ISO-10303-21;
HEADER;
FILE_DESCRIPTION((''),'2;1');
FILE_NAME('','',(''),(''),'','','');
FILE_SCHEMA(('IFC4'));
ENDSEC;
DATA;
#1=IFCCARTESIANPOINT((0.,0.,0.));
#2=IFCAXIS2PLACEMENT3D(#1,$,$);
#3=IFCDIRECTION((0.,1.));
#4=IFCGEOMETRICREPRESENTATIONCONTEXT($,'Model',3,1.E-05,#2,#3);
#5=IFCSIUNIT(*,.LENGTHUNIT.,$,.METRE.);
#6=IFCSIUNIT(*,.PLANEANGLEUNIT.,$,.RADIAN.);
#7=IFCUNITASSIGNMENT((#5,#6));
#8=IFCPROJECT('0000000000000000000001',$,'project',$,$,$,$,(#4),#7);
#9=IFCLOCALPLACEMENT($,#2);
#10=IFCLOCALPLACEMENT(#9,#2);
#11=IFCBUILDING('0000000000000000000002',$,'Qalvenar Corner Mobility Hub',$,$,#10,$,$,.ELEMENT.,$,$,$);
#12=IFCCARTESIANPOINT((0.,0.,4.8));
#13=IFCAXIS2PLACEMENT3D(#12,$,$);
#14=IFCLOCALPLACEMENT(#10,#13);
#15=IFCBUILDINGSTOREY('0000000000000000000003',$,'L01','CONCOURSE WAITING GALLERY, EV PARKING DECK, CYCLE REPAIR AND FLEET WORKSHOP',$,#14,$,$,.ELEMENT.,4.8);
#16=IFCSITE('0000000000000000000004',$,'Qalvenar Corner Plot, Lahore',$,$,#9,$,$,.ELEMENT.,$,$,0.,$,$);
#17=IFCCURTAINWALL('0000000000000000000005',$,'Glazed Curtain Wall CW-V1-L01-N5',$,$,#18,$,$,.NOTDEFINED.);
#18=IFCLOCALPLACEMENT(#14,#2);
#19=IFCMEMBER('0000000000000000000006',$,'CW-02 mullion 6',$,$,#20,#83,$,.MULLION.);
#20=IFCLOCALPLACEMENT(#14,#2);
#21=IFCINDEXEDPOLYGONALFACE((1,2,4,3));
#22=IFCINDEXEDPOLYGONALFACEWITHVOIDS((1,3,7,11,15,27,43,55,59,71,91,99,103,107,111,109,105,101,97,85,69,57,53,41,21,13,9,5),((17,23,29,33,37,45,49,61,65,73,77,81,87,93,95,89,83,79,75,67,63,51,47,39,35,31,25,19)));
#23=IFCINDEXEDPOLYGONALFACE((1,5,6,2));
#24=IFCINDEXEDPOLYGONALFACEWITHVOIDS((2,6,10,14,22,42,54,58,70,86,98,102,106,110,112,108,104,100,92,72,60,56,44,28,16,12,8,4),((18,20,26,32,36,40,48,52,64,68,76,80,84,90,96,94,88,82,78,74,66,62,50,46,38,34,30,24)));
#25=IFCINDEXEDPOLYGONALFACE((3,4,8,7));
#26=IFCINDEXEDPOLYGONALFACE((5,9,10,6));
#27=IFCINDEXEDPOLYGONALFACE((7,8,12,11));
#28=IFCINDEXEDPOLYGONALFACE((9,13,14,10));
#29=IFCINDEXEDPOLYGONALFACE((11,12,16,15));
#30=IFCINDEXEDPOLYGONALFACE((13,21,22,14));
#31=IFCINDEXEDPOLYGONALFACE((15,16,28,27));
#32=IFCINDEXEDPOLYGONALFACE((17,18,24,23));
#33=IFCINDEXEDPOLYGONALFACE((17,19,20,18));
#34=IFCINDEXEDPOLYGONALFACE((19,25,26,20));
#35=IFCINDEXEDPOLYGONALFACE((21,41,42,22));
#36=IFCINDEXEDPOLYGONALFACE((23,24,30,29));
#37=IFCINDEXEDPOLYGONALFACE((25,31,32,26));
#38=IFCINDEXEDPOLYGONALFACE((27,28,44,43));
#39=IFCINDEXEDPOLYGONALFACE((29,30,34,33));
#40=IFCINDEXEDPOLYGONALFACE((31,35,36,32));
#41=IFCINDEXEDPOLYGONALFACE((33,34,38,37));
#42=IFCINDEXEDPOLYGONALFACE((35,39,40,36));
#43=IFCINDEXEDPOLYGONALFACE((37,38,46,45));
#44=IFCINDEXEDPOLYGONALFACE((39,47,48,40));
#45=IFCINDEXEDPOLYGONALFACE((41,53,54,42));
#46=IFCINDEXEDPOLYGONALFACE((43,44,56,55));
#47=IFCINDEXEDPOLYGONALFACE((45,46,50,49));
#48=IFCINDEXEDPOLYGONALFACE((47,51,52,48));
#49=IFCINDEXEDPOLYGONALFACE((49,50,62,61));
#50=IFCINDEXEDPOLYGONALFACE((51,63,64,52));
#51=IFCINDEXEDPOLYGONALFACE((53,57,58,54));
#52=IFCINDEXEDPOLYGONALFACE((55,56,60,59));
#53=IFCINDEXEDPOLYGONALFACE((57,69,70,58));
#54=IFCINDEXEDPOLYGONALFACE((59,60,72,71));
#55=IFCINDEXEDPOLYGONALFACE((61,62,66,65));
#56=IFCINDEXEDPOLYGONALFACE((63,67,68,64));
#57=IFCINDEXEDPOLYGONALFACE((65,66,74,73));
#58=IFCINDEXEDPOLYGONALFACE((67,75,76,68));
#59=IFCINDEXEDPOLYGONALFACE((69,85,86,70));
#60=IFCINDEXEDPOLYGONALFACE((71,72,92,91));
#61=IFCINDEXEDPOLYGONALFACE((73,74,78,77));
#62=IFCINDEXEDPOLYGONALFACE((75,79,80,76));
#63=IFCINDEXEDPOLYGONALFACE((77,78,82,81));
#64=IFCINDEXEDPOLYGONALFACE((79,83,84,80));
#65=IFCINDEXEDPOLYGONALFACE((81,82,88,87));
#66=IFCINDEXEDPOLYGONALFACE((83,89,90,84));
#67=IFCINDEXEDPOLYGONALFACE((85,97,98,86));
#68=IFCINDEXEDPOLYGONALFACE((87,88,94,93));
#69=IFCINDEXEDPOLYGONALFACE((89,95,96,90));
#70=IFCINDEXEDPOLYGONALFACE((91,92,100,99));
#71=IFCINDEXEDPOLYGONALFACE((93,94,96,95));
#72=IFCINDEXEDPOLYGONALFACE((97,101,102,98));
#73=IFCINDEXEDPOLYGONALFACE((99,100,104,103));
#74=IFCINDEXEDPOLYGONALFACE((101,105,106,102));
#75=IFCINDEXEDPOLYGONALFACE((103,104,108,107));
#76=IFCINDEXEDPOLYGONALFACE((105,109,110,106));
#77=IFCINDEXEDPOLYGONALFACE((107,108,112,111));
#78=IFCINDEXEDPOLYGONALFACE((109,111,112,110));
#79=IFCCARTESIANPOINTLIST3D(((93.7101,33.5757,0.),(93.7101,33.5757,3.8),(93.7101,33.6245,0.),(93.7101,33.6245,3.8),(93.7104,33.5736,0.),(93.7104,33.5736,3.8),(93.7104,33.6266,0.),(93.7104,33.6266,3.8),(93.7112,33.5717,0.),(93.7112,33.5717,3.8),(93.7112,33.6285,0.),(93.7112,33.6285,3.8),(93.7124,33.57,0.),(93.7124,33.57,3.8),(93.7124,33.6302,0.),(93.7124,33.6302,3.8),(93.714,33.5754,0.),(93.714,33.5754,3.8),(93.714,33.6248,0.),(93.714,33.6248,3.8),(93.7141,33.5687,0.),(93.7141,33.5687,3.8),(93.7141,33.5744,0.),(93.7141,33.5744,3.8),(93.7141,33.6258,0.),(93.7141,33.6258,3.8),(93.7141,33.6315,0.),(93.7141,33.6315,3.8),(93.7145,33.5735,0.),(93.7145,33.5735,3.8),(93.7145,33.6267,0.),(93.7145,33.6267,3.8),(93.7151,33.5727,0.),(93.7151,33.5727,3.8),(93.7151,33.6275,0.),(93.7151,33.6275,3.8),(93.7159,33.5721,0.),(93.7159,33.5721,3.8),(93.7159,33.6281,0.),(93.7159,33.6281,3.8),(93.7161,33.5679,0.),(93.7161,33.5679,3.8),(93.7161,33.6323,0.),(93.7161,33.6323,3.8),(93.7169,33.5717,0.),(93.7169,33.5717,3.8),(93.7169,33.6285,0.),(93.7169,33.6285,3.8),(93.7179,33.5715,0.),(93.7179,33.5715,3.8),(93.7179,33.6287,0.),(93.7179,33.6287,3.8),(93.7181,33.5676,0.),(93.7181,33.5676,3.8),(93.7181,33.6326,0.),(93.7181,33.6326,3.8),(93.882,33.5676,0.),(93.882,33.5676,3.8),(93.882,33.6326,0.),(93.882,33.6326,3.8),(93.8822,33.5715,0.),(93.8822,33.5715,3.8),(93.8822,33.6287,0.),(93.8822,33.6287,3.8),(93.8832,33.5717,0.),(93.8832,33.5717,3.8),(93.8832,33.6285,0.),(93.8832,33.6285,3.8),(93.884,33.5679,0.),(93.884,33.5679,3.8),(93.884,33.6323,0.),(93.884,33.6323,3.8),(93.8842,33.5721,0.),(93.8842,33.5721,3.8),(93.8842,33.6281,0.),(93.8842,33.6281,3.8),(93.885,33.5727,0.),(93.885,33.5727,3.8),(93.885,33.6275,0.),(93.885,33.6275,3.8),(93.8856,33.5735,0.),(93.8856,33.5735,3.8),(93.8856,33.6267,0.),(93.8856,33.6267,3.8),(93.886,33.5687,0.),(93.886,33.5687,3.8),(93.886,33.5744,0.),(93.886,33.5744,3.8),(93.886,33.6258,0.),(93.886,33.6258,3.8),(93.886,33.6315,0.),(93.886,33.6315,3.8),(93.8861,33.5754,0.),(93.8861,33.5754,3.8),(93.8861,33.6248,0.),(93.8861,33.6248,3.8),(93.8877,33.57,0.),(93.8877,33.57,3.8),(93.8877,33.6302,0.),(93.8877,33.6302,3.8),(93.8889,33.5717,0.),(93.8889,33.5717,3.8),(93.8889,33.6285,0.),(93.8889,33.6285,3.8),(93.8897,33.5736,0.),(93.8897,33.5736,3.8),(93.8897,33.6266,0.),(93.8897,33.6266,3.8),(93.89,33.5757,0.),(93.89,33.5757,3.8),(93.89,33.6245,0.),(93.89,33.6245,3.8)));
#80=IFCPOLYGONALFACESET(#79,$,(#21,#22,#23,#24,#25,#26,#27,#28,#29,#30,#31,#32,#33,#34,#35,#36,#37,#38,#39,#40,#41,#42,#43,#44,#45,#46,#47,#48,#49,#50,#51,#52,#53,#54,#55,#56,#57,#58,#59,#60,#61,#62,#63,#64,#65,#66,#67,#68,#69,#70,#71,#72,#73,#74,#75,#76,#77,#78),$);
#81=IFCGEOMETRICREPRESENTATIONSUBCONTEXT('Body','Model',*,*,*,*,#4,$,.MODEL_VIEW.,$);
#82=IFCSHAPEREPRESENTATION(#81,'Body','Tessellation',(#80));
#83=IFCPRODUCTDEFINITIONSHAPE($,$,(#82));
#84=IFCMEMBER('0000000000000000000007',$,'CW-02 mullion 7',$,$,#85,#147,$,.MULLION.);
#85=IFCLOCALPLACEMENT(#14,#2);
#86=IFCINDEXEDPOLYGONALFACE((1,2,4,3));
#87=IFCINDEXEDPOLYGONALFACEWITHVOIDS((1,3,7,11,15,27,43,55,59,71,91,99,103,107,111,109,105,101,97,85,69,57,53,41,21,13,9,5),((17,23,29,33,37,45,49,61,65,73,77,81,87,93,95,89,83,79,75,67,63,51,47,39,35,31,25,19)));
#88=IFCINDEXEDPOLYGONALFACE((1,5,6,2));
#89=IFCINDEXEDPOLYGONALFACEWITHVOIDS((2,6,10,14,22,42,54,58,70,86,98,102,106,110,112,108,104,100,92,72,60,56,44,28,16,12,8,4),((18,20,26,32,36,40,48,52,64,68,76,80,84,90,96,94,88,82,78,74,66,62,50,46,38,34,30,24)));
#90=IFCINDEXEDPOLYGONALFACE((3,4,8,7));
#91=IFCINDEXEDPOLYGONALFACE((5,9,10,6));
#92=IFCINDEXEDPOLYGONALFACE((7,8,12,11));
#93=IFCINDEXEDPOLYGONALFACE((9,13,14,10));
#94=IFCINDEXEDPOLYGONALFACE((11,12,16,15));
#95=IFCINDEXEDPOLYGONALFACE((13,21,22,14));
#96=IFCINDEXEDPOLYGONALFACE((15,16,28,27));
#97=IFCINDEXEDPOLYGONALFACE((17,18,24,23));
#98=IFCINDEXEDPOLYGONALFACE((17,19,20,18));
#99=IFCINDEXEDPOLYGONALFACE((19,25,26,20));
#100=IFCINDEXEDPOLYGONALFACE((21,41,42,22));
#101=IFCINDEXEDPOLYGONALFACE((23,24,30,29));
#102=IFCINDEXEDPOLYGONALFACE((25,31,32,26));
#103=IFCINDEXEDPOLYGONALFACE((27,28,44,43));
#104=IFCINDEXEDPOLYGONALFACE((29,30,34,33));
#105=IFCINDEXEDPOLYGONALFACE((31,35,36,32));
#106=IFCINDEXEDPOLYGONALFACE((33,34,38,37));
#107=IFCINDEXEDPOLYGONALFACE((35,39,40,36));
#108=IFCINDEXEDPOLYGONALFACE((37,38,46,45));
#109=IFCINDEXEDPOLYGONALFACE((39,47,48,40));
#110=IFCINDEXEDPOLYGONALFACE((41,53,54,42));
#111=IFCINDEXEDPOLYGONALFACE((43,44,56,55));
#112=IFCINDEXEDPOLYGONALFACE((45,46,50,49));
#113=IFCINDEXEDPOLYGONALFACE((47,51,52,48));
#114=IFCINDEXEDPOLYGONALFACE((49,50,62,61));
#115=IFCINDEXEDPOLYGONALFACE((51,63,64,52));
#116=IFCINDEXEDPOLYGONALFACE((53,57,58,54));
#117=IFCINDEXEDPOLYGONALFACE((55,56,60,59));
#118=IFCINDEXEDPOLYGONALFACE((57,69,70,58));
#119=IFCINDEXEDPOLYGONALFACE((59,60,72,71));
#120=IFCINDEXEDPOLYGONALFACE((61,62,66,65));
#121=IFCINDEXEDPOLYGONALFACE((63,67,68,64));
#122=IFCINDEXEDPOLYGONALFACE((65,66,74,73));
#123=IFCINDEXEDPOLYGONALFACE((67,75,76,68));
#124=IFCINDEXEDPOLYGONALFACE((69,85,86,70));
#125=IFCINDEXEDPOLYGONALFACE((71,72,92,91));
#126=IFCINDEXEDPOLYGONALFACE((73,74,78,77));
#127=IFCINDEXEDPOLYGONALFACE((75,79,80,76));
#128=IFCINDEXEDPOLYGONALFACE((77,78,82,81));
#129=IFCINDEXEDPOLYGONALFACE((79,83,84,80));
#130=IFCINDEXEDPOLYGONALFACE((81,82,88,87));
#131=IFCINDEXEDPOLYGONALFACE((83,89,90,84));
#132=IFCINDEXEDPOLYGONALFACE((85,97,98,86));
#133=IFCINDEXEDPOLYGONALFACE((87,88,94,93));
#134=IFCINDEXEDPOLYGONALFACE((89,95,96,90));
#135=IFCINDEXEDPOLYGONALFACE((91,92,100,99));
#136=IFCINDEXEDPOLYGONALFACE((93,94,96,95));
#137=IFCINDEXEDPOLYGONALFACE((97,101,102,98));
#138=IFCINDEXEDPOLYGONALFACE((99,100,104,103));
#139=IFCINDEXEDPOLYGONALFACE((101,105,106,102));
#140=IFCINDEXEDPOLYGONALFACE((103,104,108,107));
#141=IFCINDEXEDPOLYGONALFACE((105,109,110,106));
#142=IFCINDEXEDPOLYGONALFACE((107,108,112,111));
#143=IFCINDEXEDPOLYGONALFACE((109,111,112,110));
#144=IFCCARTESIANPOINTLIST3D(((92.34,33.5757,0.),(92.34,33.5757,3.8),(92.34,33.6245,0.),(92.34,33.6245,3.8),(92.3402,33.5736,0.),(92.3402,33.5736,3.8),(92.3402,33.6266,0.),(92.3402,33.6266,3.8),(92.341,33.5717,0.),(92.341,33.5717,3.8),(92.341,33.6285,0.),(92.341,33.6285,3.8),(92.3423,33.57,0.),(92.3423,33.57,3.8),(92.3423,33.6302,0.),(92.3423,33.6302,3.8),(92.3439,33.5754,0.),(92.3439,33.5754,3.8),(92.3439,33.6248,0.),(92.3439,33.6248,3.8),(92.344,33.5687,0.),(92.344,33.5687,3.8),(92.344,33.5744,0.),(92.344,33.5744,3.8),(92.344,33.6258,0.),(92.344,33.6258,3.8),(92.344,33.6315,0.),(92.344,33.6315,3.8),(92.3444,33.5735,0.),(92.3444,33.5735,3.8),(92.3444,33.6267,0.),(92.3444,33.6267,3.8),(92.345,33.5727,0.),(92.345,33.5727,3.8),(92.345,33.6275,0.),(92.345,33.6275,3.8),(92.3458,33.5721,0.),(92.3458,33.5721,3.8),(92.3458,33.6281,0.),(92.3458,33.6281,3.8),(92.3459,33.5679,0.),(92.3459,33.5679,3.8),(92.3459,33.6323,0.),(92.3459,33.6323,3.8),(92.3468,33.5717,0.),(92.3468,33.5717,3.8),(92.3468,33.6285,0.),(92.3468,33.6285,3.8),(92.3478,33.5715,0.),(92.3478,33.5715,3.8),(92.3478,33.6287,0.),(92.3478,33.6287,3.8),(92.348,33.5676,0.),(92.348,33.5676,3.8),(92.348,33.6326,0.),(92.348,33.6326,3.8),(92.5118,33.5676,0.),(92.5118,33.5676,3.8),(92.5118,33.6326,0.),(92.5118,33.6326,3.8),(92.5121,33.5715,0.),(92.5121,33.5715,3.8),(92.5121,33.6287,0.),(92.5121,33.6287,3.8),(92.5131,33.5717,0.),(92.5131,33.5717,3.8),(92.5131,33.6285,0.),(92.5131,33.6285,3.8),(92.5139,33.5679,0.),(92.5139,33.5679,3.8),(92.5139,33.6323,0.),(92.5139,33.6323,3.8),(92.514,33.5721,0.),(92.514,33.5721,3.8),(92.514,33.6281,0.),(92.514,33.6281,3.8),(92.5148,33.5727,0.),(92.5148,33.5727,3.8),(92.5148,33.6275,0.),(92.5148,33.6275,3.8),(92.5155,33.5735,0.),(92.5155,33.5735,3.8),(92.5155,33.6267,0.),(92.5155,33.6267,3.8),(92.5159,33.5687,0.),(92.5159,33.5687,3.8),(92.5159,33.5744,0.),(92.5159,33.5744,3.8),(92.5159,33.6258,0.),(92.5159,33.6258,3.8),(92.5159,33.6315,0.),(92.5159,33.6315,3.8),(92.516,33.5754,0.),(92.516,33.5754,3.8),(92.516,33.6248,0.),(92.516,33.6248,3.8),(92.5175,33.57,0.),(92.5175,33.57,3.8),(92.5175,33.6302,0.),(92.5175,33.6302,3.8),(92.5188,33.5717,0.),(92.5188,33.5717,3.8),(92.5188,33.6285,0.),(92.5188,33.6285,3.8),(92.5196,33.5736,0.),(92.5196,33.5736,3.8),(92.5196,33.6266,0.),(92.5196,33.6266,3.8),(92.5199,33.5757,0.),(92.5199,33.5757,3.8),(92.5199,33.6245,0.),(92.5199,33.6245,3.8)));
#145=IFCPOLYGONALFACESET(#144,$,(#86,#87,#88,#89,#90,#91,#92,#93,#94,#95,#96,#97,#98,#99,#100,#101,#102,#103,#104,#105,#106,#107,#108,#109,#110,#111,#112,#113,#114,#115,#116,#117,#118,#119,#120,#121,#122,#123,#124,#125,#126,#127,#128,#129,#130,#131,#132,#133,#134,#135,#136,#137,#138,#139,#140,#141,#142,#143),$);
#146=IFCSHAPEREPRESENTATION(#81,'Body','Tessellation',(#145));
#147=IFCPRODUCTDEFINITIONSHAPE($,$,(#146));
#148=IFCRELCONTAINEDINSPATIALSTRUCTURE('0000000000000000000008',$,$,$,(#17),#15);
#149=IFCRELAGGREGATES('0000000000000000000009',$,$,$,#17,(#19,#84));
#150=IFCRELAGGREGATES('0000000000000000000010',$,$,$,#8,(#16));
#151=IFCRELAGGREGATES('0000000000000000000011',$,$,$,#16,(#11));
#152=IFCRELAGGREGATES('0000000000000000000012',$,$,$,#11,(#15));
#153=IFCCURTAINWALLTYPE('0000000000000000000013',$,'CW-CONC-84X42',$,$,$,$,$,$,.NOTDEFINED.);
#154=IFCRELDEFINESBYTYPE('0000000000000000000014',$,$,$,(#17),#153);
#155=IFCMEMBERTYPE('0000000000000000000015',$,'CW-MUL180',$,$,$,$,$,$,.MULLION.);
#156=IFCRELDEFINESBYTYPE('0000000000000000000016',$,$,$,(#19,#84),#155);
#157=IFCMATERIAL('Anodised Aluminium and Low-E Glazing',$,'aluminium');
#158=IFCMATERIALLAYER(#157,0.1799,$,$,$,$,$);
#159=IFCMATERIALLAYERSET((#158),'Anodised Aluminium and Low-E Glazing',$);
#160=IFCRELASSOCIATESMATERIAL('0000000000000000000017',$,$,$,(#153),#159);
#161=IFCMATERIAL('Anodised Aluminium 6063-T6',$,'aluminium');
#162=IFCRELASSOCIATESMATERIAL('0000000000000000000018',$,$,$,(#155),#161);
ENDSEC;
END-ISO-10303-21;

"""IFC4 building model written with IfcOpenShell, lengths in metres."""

from ifc_helpers import new_model, si_unit, direction, frame, origin, origin_2d, place, context, subcontext, project, spatial, hollow_rectangle, extrude, material, layer, layer_set, material_profile, profile_set, type_object, element, aggregate, save


model = new_model("IFC4")

# Units and contexts
model_context = context("Model", 3, precision=1e-05, world=origin(), true_north=direction((0.0, 1.0)))
body_context = subcontext(model_context, "Body", "Model", "MODEL_VIEW")
ifc_project = project(units=[si_unit("LENGTHUNIT", "METRE"), si_unit("PLANEANGLEUNIT", "RADIAN")], contexts=[model_context])

# Site, building, storey
site_placement = place(None, origin())
site = spatial("IfcSite", under=ifc_project, at=site_placement, Name="Qalvenar Corner Plot, Lahore", CompositionType="ELEMENT", RefElevation=0.0)
building_placement = place(site_placement, origin())
building = spatial("IfcBuilding", under=site, at=building_placement, Name="Qalvenar Corner Mobility Hub", CompositionType="ELEMENT")
storey_placement = place(building_placement, frame((0.0, 0.0, 4.8)))
storey = spatial("IfcBuildingStorey", under=building, at=storey_placement, Name="L01", Description="CONCOURSE WAITING GALLERY, EV PARKING DECK, CYCLE REPAIR AND FLEET WORKSHOP", CompositionType="ELEMENT", Elevation=4.8)

# Shared definitions
ifc_material_1 = material(Name="Anodised Aluminium and Low-E Glazing", Category="aluminium")
ifc_layer_1 = layer(ifc_material_1, 0.1799)
ifc_layer_set_1 = layer_set([ifc_layer_1], Name="Anodised Aluminium and Low-E Glazing")
curtain_wall_type = type_object("IfcCurtainWallType", Name="CW-CONC-84X42", PredefinedType="NOTDEFINED", material=ifc_layer_set_1)
ifc_material_2 = material(Name="Anodised Aluminium 6063-T6", Category="aluminium")
ifc_material_profile_1 = material_profile(ifc_material_2, hollow_rectangle(XDim=0.0649, YDim=0.1799, WallThickness=0.0039, InnerFilletRadius=0.0039, OuterFilletRadius=0.0081, at=origin_2d()), Name="RHS180x65x4")
ifc_profile_set_1 = profile_set([ifc_material_profile_1], Name="Anodised Aluminium 6063-T6")
member_type_1 = type_object("IfcMemberType", Name="CW-MUL180", PredefinedType="MULLION", material=ifc_profile_set_1)

# Curtain wall, members
curtain_wall_1_placement = place(storey_placement, origin())
curtain_wall_1 = element("IfcCurtainWall", 1, at=curtain_wall_1_placement, inside=storey, type_object=curtain_wall_type, Name="Glazed Curtain Wall CW-V1-L01-N5", PredefinedType="NOTDEFINED")
member_1_placement = place(storey_placement, frame((93.8, 33.6001, 0.0), z_axis=(0.0, 0.0, 1.0), x_axis=(0.0, -1.0, 0.0)))
member_1 = element("IfcMember", 2, at=member_1_placement, type_object=member_type_1, Name="CW-02 mullion 6", PredefinedType="MULLION", context=body_context, shape_type="SweptSolid", body=[
    extrude(hollow_rectangle(XDim=0.0649, YDim=0.1799, WallThickness=0.0039, InnerFilletRadius=0.0039, OuterFilletRadius=0.0081, at=origin_2d()), origin(), (0.0, 0.0, 1.0), 3.8),
])
member_2_placement = place(storey_placement, frame((92.4299, 33.6001, 0.0), z_axis=(0.0, 0.0, 1.0), x_axis=(0.0, -1.0, 0.0)))
member_2 = element("IfcMember", 3, at=member_2_placement, type_object=member_type_1, Name="CW-02 mullion 7", PredefinedType="MULLION", context=body_context, shape_type="SweptSolid", body=[
    extrude(hollow_rectangle(XDim=0.0649, YDim=0.1799, WallThickness=0.0039, InnerFilletRadius=0.0039, OuterFilletRadius=0.0081, at=origin_2d()), origin(), (0.0, 0.0, 1.0), 3.8),
])
aggregate(curtain_wall_1, [member_1, member_2])

save(model, "model.ifc")
